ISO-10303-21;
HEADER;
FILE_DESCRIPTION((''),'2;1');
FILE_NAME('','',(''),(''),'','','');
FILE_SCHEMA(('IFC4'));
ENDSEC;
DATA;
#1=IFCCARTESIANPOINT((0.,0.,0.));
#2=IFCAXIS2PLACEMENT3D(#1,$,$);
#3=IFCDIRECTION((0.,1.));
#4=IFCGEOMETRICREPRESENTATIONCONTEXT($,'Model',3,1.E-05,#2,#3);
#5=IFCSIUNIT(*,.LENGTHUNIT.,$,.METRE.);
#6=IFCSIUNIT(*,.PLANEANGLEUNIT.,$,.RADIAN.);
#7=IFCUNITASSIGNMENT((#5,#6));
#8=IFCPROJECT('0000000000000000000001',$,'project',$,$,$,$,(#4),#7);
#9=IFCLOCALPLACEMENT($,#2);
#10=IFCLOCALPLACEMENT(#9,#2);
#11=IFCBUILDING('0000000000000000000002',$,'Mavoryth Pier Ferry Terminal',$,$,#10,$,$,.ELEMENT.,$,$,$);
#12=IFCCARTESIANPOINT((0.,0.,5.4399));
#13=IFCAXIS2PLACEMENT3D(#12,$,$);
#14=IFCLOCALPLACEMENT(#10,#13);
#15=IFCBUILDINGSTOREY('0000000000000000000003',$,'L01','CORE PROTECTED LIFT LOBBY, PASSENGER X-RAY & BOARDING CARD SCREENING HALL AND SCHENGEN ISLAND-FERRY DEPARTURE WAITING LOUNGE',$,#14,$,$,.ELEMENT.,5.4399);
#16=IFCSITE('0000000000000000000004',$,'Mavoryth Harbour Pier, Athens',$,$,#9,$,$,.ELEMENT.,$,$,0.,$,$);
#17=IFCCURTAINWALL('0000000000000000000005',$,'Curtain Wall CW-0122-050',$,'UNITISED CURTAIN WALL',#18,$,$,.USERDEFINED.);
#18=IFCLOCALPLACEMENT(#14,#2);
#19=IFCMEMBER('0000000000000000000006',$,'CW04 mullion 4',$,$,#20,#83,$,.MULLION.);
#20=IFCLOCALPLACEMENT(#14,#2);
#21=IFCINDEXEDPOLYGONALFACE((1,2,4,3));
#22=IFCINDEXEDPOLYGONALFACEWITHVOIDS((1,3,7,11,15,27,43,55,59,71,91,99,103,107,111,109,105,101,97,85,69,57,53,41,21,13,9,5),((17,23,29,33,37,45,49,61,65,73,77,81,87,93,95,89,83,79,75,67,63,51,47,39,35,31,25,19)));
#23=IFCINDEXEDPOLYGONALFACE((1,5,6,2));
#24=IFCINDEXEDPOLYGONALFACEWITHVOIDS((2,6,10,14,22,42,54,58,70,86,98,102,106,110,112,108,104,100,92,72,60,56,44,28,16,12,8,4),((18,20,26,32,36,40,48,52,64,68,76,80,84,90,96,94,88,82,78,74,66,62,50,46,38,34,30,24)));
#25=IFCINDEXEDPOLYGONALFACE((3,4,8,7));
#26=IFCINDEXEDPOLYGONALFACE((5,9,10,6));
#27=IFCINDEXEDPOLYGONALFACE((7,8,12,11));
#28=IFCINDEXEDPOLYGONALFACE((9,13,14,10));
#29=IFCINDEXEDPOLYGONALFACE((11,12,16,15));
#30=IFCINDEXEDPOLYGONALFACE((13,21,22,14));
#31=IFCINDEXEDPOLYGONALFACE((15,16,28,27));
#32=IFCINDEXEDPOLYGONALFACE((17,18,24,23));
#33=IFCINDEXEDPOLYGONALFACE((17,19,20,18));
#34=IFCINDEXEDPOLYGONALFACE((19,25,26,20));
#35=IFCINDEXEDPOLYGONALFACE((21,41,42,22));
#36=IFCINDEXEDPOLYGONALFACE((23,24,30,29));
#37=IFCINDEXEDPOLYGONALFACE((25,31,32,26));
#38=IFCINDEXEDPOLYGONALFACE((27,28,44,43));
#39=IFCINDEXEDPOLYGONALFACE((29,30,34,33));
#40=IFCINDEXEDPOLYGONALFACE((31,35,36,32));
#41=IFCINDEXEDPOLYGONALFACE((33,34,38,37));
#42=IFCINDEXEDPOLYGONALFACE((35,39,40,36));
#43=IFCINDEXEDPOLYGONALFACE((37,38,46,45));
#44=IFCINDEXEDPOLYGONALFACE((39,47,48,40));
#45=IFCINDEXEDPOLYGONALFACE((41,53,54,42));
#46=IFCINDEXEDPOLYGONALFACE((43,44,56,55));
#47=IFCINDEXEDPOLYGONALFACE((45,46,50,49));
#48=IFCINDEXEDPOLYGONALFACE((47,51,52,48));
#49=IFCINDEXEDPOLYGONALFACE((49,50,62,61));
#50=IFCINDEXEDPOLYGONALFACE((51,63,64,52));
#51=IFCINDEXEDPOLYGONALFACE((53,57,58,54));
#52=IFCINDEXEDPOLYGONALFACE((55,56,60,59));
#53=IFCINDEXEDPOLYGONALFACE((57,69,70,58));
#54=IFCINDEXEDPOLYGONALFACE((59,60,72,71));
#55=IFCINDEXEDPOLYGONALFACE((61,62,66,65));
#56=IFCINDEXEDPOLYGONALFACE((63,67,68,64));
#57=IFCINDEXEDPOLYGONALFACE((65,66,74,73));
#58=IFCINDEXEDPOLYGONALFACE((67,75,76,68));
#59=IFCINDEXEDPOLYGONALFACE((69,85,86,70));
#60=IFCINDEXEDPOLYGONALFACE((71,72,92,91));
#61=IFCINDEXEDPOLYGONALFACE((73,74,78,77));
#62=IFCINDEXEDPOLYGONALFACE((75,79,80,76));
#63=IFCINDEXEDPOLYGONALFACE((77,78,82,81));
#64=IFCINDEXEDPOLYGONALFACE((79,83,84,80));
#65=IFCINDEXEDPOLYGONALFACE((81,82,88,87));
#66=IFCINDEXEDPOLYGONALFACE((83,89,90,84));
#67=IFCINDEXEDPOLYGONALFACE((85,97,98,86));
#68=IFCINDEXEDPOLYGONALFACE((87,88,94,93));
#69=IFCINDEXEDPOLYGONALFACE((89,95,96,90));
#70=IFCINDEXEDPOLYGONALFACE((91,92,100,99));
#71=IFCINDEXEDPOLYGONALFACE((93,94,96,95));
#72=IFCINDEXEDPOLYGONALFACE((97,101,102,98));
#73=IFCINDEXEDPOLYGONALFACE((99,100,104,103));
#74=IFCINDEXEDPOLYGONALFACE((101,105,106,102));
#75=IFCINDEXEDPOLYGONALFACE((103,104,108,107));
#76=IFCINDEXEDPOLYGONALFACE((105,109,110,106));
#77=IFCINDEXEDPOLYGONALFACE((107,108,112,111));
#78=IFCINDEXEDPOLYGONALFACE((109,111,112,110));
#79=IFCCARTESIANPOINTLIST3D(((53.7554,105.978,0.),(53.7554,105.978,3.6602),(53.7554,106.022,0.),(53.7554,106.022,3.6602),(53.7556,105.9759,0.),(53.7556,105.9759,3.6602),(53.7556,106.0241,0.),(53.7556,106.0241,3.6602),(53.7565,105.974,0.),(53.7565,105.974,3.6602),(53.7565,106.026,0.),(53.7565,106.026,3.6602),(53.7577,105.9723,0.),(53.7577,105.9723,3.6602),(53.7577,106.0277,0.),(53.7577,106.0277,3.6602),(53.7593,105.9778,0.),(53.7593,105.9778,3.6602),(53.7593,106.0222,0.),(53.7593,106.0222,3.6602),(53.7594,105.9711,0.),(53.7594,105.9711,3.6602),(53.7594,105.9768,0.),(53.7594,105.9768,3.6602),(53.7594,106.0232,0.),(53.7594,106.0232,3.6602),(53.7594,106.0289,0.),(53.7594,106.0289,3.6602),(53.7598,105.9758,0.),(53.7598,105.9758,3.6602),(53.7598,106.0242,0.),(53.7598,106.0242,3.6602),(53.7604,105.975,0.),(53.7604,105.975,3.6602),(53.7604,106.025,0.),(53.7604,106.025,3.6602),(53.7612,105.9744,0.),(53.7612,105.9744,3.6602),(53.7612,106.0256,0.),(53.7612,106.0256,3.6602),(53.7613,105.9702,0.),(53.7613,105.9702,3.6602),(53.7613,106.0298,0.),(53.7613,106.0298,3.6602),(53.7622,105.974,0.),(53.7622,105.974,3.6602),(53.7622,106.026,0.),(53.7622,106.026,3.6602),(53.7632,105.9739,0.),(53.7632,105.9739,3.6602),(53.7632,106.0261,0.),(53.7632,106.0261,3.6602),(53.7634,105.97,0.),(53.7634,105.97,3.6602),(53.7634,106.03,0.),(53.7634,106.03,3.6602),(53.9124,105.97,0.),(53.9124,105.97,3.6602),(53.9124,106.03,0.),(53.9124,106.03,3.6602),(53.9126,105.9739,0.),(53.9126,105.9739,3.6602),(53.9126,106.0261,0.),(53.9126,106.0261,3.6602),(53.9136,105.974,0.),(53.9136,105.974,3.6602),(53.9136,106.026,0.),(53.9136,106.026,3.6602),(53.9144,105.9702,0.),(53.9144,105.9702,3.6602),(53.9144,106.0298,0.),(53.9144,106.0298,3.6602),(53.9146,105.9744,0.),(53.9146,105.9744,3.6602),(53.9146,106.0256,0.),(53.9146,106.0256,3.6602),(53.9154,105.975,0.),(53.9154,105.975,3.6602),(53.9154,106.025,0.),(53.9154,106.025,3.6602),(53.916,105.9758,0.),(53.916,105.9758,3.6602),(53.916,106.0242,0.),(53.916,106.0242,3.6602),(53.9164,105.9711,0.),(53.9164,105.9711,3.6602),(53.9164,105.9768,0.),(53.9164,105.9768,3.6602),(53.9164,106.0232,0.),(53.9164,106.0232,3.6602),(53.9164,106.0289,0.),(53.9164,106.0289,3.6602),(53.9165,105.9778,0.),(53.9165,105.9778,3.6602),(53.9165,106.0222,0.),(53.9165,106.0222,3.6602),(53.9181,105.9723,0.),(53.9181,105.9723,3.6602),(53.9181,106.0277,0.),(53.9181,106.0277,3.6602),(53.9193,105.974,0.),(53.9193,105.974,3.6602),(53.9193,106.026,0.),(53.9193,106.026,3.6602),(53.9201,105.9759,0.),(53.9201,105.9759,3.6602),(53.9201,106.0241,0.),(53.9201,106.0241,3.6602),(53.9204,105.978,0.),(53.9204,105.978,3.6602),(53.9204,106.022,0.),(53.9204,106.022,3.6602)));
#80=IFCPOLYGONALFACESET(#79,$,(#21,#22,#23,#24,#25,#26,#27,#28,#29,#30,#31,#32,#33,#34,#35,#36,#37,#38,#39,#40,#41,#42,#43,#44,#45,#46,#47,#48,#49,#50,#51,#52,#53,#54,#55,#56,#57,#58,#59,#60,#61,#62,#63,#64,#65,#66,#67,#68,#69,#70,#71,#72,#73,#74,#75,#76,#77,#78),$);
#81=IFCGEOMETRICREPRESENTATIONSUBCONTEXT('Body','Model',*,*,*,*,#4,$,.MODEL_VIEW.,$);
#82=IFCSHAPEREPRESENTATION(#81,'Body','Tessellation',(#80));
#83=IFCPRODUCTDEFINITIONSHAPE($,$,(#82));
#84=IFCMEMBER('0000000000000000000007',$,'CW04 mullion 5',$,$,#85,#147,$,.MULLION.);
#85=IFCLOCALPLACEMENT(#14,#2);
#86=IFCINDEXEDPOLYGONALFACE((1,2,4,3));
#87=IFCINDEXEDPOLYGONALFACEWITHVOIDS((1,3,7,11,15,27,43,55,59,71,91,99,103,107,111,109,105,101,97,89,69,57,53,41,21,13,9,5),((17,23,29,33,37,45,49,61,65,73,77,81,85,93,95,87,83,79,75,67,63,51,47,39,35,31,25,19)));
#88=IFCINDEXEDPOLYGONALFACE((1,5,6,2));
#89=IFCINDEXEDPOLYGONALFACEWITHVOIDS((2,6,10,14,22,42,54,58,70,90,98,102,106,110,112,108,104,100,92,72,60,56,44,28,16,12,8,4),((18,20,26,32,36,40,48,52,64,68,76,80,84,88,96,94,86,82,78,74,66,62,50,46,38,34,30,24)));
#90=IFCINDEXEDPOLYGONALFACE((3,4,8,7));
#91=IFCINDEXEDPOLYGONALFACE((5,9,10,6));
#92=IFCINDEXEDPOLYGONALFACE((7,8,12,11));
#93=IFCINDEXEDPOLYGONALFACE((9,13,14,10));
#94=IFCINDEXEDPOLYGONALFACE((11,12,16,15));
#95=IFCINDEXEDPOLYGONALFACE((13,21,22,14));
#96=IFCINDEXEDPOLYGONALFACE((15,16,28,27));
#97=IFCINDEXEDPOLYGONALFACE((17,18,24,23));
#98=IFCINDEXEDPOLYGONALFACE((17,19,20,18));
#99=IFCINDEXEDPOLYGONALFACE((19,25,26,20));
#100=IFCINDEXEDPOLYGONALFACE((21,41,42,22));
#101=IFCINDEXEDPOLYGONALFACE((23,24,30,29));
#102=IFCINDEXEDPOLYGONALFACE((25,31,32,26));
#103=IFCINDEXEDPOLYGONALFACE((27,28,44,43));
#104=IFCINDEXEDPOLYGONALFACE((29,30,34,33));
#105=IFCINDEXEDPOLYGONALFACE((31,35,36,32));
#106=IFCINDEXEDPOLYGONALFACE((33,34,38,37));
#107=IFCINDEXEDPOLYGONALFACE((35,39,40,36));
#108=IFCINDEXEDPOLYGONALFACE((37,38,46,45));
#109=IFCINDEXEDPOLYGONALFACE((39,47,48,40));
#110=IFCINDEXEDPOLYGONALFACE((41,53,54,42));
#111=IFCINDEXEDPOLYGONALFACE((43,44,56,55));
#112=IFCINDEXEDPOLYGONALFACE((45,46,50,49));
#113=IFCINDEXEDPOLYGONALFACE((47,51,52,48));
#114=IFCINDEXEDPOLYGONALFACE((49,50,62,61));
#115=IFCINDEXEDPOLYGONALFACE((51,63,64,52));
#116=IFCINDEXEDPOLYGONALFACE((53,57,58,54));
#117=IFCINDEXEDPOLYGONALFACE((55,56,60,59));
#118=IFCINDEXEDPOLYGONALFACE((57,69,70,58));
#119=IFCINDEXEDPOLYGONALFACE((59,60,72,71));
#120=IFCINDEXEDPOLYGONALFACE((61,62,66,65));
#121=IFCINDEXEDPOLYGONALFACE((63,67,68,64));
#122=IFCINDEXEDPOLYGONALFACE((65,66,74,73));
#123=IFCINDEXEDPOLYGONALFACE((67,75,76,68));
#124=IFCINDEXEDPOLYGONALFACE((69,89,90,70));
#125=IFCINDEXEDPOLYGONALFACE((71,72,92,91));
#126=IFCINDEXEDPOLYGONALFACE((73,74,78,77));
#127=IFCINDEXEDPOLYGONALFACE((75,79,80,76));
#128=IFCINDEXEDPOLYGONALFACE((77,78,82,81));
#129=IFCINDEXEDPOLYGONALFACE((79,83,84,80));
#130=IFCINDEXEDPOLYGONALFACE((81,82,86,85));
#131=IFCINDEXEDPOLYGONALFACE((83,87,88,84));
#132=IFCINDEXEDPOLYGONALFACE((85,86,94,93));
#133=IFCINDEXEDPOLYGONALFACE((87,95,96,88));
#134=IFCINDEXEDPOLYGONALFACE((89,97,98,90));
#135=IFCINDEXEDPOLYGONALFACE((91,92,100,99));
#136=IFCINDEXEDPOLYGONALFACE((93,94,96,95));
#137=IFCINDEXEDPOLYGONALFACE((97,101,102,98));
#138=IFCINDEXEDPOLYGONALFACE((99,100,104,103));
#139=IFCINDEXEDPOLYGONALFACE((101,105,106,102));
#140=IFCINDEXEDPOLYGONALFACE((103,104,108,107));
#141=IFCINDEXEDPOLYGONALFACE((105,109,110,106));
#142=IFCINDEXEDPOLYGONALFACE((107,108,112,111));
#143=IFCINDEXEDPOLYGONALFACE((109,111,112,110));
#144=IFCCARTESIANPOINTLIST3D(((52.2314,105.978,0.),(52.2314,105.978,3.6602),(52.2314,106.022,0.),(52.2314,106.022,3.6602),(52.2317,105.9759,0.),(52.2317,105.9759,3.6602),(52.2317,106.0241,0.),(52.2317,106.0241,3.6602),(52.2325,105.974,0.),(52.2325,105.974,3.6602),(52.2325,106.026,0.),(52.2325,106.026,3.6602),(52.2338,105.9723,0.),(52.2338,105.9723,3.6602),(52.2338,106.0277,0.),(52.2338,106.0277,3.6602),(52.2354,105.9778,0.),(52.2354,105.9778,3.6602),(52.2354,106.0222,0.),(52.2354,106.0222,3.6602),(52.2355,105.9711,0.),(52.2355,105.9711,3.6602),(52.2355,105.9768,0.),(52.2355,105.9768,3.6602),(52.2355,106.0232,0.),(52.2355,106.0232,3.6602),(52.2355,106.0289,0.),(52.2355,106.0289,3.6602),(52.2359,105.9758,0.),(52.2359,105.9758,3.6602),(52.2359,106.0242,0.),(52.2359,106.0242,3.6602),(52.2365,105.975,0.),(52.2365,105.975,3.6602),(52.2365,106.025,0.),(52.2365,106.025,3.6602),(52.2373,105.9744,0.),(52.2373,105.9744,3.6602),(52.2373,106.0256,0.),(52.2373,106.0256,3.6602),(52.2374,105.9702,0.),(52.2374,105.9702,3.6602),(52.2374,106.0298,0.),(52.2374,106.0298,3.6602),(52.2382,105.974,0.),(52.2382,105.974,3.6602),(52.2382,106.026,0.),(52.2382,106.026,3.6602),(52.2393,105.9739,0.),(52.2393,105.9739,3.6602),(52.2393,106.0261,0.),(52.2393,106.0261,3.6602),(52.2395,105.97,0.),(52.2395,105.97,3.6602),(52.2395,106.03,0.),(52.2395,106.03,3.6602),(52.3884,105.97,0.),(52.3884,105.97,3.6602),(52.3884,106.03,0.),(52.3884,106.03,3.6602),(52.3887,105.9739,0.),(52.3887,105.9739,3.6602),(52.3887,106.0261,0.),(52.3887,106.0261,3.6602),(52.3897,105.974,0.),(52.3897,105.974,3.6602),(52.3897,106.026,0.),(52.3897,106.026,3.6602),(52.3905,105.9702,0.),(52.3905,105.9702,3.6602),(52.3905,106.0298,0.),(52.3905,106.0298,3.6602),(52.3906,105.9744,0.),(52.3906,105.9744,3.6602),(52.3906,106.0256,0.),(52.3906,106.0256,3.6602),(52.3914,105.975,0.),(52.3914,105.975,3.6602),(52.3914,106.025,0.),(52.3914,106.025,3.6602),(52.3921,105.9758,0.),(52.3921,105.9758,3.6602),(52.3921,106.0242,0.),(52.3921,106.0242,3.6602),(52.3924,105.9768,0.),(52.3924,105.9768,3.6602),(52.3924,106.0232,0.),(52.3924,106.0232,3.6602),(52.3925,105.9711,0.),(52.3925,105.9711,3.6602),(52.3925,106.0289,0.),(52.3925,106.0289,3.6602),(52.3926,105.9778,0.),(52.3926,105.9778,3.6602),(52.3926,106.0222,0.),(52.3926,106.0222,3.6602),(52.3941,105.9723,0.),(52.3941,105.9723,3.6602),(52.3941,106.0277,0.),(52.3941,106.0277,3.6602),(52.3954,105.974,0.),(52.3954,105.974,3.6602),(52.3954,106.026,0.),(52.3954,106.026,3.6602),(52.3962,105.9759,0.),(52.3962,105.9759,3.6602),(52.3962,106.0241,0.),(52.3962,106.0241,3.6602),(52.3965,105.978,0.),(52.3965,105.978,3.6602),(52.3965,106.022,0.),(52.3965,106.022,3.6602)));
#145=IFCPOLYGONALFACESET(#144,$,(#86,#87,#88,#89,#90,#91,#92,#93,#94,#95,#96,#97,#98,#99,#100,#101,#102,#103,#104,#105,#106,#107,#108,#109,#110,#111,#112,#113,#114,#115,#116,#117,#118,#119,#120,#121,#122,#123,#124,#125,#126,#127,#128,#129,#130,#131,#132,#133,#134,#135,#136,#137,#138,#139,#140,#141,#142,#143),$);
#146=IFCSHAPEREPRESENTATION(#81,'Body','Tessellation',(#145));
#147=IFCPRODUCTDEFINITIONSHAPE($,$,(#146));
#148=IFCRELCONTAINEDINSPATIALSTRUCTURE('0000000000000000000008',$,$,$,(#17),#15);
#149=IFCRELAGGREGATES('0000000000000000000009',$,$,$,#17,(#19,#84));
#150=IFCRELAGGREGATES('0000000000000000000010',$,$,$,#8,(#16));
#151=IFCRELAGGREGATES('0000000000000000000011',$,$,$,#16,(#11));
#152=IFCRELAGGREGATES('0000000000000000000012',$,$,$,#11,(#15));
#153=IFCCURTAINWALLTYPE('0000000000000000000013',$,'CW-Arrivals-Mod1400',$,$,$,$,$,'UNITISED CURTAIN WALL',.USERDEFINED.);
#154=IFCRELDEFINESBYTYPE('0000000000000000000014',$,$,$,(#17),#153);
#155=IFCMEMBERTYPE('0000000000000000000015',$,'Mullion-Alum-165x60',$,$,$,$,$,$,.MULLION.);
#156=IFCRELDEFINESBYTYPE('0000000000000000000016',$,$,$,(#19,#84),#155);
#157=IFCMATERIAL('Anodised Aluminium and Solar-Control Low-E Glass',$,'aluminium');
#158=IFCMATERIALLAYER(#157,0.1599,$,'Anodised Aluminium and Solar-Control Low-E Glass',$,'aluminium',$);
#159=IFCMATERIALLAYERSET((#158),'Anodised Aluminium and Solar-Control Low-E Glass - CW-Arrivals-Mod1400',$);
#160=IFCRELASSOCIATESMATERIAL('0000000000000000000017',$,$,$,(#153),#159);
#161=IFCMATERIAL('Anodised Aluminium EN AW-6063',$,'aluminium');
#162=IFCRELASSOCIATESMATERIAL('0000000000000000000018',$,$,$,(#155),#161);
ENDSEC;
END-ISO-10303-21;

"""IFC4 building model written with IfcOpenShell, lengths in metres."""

from ifc_helpers import new_model, si_unit, direction, frame, origin, origin_2d, place, context, subcontext, project, spatial, hollow_rectangle, extrude, material, layer, layer_set, material_profile, profile_set, type_object, element, aggregate, save


model = new_model("IFC4")

# Units and contexts
model_context = context("Model", 3, precision=1e-05, world=origin(), true_north=direction((0.0, 1.0)))
body_context = subcontext(model_context, "Body", "Model", "MODEL_VIEW")
ifc_project = project(units=[si_unit("LENGTHUNIT", "METRE"), si_unit("PLANEANGLEUNIT", "RADIAN")], contexts=[model_context])

# Site, building, storey
site_placement = place(None, origin())
site = spatial("IfcSite", under=ifc_project, at=site_placement, Name="Mavoryth Harbour Pier, Athens", CompositionType="ELEMENT", RefElevation=0.0)
building_placement = place(site_placement, origin())
building = spatial("IfcBuilding", under=site, at=building_placement, Name="Mavoryth Pier Ferry Terminal", CompositionType="ELEMENT")
storey_placement = place(building_placement, frame((0.0, 0.0, 5.4399)))
storey = spatial("IfcBuildingStorey", under=building, at=storey_placement, Name="L01", Description="CORE PROTECTED LIFT LOBBY, PASSENGER X-RAY & BOARDING CARD SCREENING HALL AND SCHENGEN ISLAND-FERRY DEPARTURE WAITING LOUNGE", CompositionType="ELEMENT", Elevation=5.4399)

# Curtain wall, members
ifc_material_1 = material(Name="Anodised Aluminium and Solar-Control Low-E Glass", Category="aluminium")
ifc_layer_1 = layer(ifc_material_1, 0.1599, Name="Anodised Aluminium and Solar-Control Low-E Glass", Category="aluminium")
ifc_layer_set_1 = layer_set([ifc_layer_1], Name="Anodised Aluminium and Solar-Control Low-E Glass - CW-Arrivals-Mod1400")
curtain_wall_type = type_object("IfcCurtainWallType", Name="CW-Arrivals-Mod1400", ElementType="UNITISED CURTAIN WALL", PredefinedType="USERDEFINED", material=ifc_layer_set_1)
curtain_wall_placement = place(storey_placement, origin())
curtain_wall = element("IfcCurtainWall", 1, at=curtain_wall_placement, inside=storey, type_object=curtain_wall_type, Name="Curtain Wall CW-0122-050", ObjectType="UNITISED CURTAIN WALL", PredefinedType="USERDEFINED")
ifc_material_2 = material(Name="Anodised Aluminium EN AW-6063", Category="aluminium")
ifc_material_profile_1 = material_profile(ifc_material_2, hollow_rectangle(XDim=0.0601, YDim=0.165, WallThickness=0.0039, InnerFilletRadius=0.0039, OuterFilletRadius=0.0081, at=origin_2d()), Name="AL-MULL 165x60x4", Category="aluminium")
ifc_profile_set_1 = profile_set([ifc_material_profile_1], Name="Anodised Aluminium EN AW-6063 - AL-MULL 165x60x4")
member_type_1 = type_object("IfcMemberType", Name="Mullion-Alum-165x60", PredefinedType="MULLION", material=ifc_profile_set_1)
member_1_placement = place(storey_placement, frame((53.8379, 106.0, 0.0), z_axis=(0.0, 0.0, 1.0), x_axis=(0.0, -1.0, 0.0)))
member_1 = element("IfcMember", 2, at=member_1_placement, type_object=member_type_1, Name="CW04 mullion 4", PredefinedType="MULLION", context=body_context, shape_type="SweptSolid", body=[
    extrude(hollow_rectangle(XDim=0.0601, YDim=0.165, WallThickness=0.0039, InnerFilletRadius=0.0039, OuterFilletRadius=0.0081, at=origin_2d()), origin(), (0.0, 0.0, 1.0), 3.6602),
])
member_2_placement = place(storey_placement, frame((52.314, 106.0, 0.0), z_axis=(0.0, 0.0, 1.0), x_axis=(0.0, -1.0, 0.0)))
member_2 = element("IfcMember", 3, at=member_2_placement, type_object=member_type_1, Name="CW04 mullion 5", PredefinedType="MULLION", context=body_context, shape_type="SweptSolid", body=[
    extrude(hollow_rectangle(XDim=0.0601, YDim=0.165, WallThickness=0.0039, InnerFilletRadius=0.0039, OuterFilletRadius=0.0081, at=origin_2d()), origin(), (0.0, 0.0, 1.0), 3.6602),
])

aggregate(curtain_wall, [member_1, member_2])

save(model, "model.ifc")
